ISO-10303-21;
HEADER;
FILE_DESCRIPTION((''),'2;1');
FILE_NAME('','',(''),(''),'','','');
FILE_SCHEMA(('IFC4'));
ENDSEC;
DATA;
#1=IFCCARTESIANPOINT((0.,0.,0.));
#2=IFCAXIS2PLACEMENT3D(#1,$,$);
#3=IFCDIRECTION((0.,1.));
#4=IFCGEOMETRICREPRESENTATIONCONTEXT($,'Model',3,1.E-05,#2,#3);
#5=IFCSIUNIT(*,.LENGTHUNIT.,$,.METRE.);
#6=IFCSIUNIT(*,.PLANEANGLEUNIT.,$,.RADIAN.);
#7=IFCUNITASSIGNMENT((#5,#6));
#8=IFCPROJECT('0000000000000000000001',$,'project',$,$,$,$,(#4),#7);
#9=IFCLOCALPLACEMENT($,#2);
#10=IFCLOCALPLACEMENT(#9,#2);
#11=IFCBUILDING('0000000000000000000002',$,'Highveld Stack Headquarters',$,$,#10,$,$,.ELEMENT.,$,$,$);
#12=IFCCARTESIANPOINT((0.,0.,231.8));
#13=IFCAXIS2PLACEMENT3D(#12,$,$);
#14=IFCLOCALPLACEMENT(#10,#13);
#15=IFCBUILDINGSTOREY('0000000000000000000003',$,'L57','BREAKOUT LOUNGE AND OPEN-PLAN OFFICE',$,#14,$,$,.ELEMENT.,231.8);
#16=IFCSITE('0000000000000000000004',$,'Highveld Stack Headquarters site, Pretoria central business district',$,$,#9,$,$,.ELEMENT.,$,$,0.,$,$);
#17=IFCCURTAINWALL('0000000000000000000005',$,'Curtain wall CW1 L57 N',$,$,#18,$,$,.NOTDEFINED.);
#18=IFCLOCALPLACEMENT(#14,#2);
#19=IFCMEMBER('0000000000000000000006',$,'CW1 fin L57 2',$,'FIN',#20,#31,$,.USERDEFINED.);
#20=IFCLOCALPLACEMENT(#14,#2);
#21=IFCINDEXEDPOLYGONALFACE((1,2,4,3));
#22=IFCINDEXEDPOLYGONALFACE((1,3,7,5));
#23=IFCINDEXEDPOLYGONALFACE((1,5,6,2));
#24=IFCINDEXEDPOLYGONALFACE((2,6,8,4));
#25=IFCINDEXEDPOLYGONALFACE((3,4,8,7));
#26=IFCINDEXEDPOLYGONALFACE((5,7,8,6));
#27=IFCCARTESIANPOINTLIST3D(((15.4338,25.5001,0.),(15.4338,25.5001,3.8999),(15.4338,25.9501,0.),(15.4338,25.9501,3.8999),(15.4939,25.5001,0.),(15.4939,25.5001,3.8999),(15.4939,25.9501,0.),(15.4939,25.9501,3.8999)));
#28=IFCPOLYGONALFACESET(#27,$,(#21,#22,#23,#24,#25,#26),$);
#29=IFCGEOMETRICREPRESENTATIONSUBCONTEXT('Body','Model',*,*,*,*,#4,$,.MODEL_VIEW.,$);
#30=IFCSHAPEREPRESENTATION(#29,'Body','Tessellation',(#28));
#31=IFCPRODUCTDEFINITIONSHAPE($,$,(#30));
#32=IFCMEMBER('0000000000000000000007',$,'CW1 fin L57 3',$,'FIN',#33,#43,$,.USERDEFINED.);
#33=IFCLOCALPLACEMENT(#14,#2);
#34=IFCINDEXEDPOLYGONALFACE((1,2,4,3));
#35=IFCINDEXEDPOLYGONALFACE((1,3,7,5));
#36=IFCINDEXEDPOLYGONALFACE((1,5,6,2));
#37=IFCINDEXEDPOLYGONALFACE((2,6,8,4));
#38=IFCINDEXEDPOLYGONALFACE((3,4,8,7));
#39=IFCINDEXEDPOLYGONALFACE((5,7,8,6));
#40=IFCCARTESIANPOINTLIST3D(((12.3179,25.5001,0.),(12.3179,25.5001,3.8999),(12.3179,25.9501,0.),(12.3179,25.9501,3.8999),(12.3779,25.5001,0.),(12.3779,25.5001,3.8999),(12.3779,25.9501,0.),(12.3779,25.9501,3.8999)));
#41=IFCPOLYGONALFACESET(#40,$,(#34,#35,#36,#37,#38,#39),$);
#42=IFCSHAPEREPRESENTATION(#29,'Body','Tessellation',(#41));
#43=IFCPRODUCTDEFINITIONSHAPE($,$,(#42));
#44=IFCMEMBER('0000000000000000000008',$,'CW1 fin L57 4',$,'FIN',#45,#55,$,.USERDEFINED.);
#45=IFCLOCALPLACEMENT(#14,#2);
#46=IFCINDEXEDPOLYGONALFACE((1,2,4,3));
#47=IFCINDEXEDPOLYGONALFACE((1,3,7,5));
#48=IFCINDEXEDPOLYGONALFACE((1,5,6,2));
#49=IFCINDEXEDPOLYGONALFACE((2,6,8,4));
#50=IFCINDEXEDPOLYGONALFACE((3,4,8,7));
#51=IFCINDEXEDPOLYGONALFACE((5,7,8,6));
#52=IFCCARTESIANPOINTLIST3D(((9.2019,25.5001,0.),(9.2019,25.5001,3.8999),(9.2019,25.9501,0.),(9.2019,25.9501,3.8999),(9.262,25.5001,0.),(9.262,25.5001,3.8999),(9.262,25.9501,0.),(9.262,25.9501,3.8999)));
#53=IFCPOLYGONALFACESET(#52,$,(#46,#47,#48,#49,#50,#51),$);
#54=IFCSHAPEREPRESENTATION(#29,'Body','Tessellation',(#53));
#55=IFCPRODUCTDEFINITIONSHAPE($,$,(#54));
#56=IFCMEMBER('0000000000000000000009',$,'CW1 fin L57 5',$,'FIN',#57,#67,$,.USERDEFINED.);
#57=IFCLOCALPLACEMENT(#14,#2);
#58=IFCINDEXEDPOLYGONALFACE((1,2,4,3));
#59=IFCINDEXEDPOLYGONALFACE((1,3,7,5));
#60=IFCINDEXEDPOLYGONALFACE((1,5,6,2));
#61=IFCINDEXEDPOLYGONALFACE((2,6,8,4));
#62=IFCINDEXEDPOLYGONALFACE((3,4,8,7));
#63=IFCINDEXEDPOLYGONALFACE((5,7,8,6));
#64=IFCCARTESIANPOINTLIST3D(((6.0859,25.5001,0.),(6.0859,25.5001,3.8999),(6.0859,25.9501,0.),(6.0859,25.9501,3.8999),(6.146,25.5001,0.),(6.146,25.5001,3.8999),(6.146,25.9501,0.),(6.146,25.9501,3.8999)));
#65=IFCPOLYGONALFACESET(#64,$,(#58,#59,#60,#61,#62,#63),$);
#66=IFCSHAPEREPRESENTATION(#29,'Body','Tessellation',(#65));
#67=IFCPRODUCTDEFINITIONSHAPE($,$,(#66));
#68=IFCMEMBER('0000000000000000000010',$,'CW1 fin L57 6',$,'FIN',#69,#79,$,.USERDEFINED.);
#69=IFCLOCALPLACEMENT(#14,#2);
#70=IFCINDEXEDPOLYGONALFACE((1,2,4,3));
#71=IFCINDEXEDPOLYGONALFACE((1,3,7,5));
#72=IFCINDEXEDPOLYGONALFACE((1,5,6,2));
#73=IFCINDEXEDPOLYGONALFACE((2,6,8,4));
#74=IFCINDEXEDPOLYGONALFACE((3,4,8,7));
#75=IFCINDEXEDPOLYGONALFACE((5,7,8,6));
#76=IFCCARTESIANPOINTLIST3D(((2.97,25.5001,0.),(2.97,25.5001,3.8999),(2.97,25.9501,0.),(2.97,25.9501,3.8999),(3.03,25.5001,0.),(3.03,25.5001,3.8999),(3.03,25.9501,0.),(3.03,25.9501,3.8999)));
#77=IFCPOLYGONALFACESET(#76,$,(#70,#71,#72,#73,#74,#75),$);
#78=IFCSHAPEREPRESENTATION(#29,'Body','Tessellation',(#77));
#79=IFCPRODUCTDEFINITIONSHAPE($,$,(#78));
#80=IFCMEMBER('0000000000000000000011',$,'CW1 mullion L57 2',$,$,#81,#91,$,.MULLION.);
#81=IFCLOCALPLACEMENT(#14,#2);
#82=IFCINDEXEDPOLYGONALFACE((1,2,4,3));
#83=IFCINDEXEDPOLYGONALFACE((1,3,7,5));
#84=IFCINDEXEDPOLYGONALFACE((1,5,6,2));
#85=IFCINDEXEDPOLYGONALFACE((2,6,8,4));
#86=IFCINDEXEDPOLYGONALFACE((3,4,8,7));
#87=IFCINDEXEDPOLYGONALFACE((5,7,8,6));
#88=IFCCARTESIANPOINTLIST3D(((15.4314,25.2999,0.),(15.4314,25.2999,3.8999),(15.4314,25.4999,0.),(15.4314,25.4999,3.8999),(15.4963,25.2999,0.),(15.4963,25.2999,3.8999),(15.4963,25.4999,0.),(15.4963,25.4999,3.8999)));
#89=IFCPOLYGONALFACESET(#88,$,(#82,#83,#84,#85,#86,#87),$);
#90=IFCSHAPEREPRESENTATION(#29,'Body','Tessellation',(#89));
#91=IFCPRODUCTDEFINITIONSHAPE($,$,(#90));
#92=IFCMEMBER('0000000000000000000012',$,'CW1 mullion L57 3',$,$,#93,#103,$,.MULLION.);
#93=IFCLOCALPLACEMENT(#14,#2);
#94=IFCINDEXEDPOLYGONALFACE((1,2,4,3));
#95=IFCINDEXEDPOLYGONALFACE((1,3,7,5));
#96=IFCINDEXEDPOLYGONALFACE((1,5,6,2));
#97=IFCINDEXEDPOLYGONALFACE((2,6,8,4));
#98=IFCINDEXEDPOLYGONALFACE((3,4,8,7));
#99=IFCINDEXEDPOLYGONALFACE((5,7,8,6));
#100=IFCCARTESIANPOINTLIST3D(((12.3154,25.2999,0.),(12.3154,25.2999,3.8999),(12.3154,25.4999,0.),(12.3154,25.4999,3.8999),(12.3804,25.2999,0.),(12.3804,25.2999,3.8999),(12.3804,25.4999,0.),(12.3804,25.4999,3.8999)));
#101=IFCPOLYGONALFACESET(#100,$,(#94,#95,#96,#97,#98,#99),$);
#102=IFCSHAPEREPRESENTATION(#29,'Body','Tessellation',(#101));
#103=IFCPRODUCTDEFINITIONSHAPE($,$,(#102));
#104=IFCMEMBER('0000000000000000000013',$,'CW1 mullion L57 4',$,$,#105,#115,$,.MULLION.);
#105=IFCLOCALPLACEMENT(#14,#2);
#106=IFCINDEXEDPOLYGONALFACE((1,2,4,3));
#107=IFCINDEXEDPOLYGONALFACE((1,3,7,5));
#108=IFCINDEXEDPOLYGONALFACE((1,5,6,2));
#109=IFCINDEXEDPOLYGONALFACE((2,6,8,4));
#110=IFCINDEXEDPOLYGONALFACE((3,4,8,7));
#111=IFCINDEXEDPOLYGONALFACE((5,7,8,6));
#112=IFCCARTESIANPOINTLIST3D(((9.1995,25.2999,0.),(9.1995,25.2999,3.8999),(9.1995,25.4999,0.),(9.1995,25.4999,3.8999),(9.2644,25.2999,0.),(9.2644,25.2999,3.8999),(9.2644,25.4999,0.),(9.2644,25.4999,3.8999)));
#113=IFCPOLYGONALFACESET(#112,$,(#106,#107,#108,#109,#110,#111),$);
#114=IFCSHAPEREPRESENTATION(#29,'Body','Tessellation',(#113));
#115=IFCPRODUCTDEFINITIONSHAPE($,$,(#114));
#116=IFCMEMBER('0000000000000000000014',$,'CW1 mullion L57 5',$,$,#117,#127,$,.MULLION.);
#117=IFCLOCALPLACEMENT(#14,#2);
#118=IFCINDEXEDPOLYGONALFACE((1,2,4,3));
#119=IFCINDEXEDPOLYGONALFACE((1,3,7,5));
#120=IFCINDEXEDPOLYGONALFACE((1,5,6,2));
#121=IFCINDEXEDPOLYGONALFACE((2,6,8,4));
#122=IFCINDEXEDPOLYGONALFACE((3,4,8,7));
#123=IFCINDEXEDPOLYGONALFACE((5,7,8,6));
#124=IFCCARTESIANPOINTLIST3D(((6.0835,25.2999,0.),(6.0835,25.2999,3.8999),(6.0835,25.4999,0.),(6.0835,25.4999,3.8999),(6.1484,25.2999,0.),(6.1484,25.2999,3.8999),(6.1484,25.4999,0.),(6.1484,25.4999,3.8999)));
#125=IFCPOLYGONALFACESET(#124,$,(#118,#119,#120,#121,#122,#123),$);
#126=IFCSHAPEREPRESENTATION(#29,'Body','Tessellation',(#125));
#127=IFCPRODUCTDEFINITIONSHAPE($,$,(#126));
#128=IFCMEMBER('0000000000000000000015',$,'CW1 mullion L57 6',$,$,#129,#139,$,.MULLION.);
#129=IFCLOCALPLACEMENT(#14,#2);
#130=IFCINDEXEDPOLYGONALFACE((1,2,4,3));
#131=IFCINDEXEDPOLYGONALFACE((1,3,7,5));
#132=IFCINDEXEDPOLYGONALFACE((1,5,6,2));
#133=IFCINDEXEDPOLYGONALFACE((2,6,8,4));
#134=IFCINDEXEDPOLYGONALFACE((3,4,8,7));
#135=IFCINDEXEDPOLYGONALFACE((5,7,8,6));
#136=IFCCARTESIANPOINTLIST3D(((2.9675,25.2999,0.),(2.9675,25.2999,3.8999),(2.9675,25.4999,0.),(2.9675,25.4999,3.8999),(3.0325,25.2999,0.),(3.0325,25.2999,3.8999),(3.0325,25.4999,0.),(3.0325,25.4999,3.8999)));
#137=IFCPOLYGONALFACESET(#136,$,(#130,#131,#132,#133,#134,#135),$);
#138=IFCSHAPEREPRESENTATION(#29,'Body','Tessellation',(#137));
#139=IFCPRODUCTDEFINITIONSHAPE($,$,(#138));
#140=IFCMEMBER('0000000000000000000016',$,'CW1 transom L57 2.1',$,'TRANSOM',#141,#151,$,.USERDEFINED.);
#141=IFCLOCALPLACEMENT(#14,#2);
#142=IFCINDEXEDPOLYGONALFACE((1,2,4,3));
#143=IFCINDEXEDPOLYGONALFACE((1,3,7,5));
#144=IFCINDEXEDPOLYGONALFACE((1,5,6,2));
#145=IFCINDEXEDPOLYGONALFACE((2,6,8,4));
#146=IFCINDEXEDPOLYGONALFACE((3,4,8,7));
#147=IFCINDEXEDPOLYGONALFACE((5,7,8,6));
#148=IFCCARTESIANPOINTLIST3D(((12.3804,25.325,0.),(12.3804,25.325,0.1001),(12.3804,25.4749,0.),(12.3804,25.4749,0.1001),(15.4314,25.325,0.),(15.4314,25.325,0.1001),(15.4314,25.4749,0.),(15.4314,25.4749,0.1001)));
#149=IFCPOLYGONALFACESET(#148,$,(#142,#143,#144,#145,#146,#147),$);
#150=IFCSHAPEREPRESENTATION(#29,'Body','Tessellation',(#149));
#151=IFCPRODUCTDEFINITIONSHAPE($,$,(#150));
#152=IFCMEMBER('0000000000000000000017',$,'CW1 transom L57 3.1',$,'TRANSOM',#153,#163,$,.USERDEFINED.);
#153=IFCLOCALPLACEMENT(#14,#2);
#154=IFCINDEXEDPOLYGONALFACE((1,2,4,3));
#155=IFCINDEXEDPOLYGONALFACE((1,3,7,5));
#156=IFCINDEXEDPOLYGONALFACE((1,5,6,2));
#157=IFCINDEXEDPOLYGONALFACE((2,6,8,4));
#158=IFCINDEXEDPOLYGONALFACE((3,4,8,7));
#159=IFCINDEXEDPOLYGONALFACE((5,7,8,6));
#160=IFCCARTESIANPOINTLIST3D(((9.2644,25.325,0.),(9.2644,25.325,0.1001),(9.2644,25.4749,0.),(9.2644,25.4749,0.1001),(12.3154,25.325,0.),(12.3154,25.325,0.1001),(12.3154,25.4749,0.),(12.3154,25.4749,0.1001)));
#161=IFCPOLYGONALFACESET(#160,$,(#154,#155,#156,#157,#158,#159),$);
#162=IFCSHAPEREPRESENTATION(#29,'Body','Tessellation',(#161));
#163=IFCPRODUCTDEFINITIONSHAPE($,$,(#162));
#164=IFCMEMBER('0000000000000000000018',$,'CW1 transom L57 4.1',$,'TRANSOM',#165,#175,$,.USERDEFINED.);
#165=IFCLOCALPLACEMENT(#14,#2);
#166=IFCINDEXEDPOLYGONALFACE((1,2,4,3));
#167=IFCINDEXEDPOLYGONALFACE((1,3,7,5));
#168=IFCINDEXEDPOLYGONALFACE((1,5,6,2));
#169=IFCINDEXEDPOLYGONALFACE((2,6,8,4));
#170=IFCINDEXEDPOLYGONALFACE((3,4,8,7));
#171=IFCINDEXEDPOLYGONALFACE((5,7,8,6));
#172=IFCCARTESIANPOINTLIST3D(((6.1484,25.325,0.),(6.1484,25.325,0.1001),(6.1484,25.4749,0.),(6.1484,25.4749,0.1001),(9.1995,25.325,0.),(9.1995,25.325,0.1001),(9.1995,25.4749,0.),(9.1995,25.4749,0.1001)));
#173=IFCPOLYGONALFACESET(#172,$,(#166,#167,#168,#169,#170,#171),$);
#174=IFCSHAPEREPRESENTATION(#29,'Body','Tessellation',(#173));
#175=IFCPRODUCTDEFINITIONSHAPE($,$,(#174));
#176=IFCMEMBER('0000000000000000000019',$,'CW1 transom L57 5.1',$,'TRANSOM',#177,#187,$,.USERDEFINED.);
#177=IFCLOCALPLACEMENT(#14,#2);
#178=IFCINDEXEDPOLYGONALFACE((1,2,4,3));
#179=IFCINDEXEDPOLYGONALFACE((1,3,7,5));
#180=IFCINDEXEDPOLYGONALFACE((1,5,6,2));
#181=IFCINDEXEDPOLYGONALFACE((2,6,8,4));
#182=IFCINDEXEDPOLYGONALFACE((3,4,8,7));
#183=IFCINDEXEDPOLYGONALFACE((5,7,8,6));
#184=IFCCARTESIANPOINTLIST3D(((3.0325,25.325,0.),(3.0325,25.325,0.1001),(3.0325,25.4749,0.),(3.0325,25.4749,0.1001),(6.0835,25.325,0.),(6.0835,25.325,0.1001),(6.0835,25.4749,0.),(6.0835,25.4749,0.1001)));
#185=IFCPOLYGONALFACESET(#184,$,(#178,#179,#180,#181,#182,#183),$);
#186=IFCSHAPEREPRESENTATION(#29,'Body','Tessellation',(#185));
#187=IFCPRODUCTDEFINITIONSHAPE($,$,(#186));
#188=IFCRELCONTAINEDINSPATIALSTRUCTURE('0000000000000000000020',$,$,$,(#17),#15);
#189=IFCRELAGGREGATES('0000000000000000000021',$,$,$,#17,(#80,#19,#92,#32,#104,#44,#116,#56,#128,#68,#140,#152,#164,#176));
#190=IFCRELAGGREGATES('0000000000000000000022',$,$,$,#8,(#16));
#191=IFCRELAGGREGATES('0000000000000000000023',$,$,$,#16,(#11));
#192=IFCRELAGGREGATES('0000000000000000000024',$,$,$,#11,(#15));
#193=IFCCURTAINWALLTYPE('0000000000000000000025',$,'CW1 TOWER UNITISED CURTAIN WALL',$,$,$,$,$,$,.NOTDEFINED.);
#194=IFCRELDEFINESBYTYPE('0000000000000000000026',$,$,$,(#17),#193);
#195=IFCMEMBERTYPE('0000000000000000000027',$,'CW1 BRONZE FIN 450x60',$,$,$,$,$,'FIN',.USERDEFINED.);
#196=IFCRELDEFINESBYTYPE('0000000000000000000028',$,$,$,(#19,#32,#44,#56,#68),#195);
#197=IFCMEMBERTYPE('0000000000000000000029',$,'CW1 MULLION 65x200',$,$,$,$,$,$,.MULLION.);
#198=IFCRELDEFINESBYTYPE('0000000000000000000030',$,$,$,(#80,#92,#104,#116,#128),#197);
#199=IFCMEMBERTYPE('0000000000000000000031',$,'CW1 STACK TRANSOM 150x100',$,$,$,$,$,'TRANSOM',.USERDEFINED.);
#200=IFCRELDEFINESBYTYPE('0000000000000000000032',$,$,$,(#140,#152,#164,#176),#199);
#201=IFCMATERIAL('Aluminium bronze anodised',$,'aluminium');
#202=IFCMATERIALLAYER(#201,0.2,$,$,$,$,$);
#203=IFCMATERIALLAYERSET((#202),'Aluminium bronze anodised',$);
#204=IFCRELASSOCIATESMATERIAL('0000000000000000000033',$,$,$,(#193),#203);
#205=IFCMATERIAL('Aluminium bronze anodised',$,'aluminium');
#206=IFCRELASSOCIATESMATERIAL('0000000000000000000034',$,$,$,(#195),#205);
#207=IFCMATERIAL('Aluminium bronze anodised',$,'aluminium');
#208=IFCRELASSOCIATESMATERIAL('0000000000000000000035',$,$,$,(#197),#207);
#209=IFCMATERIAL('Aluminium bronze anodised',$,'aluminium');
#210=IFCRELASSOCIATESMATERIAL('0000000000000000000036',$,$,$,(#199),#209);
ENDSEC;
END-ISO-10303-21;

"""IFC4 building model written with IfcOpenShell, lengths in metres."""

from ifc_helpers import new_model, si_unit, direction, frame, origin, origin_2d, place, context, subcontext, project, spatial, rectangle, extrude, material, layer, layer_set, material_profile, profile_set, type_object, element, aggregate, save


model = new_model("IFC4")

# Units and contexts
model_context = context("Model", 3, precision=1e-05, world=origin(), true_north=direction((0.0, 1.0)))
body_context = subcontext(model_context, "Body", "Model", "MODEL_VIEW")
ifc_project = project(units=[si_unit("LENGTHUNIT", "METRE"), si_unit("PLANEANGLEUNIT", "RADIAN")], contexts=[model_context])

# Site, building, storey
site_placement = place(None, origin())
site = spatial("IfcSite", under=ifc_project, at=site_placement, Name="Highveld Stack Headquarters site, Pretoria central business district", CompositionType="ELEMENT", RefElevation=0.0)
building_placement = place(site_placement, origin())
building = spatial("IfcBuilding", under=site, at=building_placement, Name="Highveld Stack Headquarters", CompositionType="ELEMENT")
storey_placement = place(building_placement, frame((0.0, 0.0, 231.8)))
storey = spatial("IfcBuildingStorey", under=building, at=storey_placement, Name="L57", Description="BREAKOUT LOUNGE AND OPEN-PLAN OFFICE", CompositionType="ELEMENT", Elevation=231.8)

# Curtain wall, members
ifc_material_1 = material(Name="Aluminium bronze anodised", Category="aluminium")
ifc_layer_1 = layer(ifc_material_1, 0.2)
ifc_layer_set_1 = layer_set([ifc_layer_1], Name="Aluminium bronze anodised")
curtain_wall_type = type_object("IfcCurtainWallType", Name="CW1 TOWER UNITISED CURTAIN WALL", PredefinedType="NOTDEFINED", material=ifc_layer_set_1)
curtain_wall_placement = place(storey_placement, origin())
curtain_wall = element("IfcCurtainWall", 1, at=curtain_wall_placement, inside=storey, type_object=curtain_wall_type, Name="Curtain wall CW1 L57 N", PredefinedType="NOTDEFINED")
ifc_material_2 = material(Name="Aluminium bronze anodised", Category="aluminium")
ifc_material_profile_1 = material_profile(ifc_material_2, rectangle(XDim=0.45, YDim=0.0601, at=origin_2d()), Name="FIN 450x60")
ifc_profile_set_1 = profile_set([ifc_material_profile_1], Name="Aluminium bronze anodised")
member_type_1 = type_object("IfcMemberType", Name="CW1 BRONZE FIN 450x60", ElementType="FIN", PredefinedType="USERDEFINED", material=ifc_profile_set_1)
member_1_placement = place(storey_placement, frame((15.4639, 25.7251, 0.0), z_axis=(0.0, 0.0, 1.0), x_axis=(0.0, -1.0, 0.0)))
member_1 = element("IfcMember", 2, at=member_1_placement, type_object=member_type_1, Name="CW1 fin L57 2", ObjectType="FIN", PredefinedType="USERDEFINED", context=body_context, shape_type="SweptSolid", body=[
    extrude(rectangle(XDim=0.45, YDim=0.0601, at=origin_2d()), origin(), (0.0, 0.0, 1.0), 3.8999),
])
member_2_placement = place(storey_placement, frame((12.3479, 25.7251, 0.0), z_axis=(0.0, 0.0, 1.0), x_axis=(0.0, -1.0, 0.0)))
member_2 = element("IfcMember", 3, at=member_2_placement, type_object=member_type_1, Name="CW1 fin L57 3", ObjectType="FIN", PredefinedType="USERDEFINED", context=body_context, shape_type="SweptSolid", body=[
    extrude(rectangle(XDim=0.45, YDim=0.0601, at=origin_2d()), origin(), (0.0, 0.0, 1.0), 3.8999),
])
member_3_placement = place(storey_placement, frame((9.2319, 25.7251, 0.0), z_axis=(0.0, 0.0, 1.0), x_axis=(0.0, -1.0, 0.0)))
member_3 = element("IfcMember", 4, at=member_3_placement, type_object=member_type_1, Name="CW1 fin L57 4", ObjectType="FIN", PredefinedType="USERDEFINED", context=body_context, shape_type="SweptSolid", body=[
    extrude(rectangle(XDim=0.45, YDim=0.0601, at=origin_2d()), origin(), (0.0, 0.0, 1.0), 3.8999),
])
member_4_placement = place(storey_placement, frame((6.116, 25.7251, 0.0), z_axis=(0.0, 0.0, 1.0), x_axis=(0.0, -1.0, 0.0)))
member_4 = element("IfcMember", 5, at=member_4_placement, type_object=member_type_1, Name="CW1 fin L57 5", ObjectType="FIN", PredefinedType="USERDEFINED", context=body_context, shape_type="SweptSolid", body=[
    extrude(rectangle(XDim=0.45, YDim=0.0601, at=origin_2d()), origin(), (0.0, 0.0, 1.0), 3.8999),
])
member_5_placement = place(storey_placement, frame((3.0, 25.7251, 0.0), z_axis=(0.0, 0.0, 1.0), x_axis=(0.0, -1.0, 0.0)))
member_5 = element("IfcMember", 6, at=member_5_placement, type_object=member_type_1, Name="CW1 fin L57 6", ObjectType="FIN", PredefinedType="USERDEFINED", context=body_context, shape_type="SweptSolid", body=[
    extrude(rectangle(XDim=0.45, YDim=0.0601, at=origin_2d()), origin(), (0.0, 0.0, 1.0), 3.8999),
])
ifc_material_3 = material(Name="Aluminium bronze anodised", Category="aluminium")
ifc_material_profile_2 = material_profile(ifc_material_3, rectangle(XDim=0.2, YDim=0.0649, at=origin_2d()), Name="CW1 MULLION 65x200")
ifc_profile_set_2 = profile_set([ifc_material_profile_2], Name="Aluminium bronze anodised")
member_type_2 = type_object("IfcMemberType", Name="CW1 MULLION 65x200", PredefinedType="MULLION", material=ifc_profile_set_2)
member_6_placement = place(storey_placement, frame((15.4639, 25.3999, 0.0), z_axis=(0.0, 0.0, 1.0), x_axis=(0.0, -1.0, 0.0)))
member_6 = element("IfcMember", 7, at=member_6_placement, type_object=member_type_2, Name="CW1 mullion L57 2", PredefinedType="MULLION", context=body_context, shape_type="SweptSolid", body=[
    extrude(rectangle(XDim=0.2, YDim=0.0649, at=origin_2d()), origin(), (0.0, 0.0, 1.0), 3.8999),
])
member_7_placement = place(storey_placement, frame((12.3479, 25.3999, 0.0), z_axis=(0.0, 0.0, 1.0), x_axis=(0.0, -1.0, 0.0)))
member_7 = element("IfcMember", 8, at=member_7_placement, type_object=member_type_2, Name="CW1 mullion L57 3", PredefinedType="MULLION", context=body_context, shape_type="SweptSolid", body=[
    extrude(rectangle(XDim=0.2, YDim=0.0649, at=origin_2d()), origin(), (0.0, 0.0, 1.0), 3.8999),
])
member_8_placement = place(storey_placement, frame((9.2319, 25.3999, 0.0), z_axis=(0.0, 0.0, 1.0), x_axis=(0.0, -1.0, 0.0)))
member_8 = element("IfcMember", 9, at=member_8_placement, type_object=member_type_2, Name="CW1 mullion L57 4", PredefinedType="MULLION", context=body_context, shape_type="SweptSolid", body=[
    extrude(rectangle(XDim=0.2, YDim=0.0649, at=origin_2d()), origin(), (0.0, 0.0, 1.0), 3.8999),
])
member_9_placement = place(storey_placement, frame((6.116, 25.3999, 0.0), z_axis=(0.0, 0.0, 1.0), x_axis=(0.0, -1.0, 0.0)))
member_9 = element("IfcMember", 10, at=member_9_placement, type_object=member_type_2, Name="CW1 mullion L57 5", PredefinedType="MULLION", context=body_context, shape_type="SweptSolid", body=[
    extrude(rectangle(XDim=0.2, YDim=0.0649, at=origin_2d()), origin(), (0.0, 0.0, 1.0), 3.8999),
])
member_10_placement = place(storey_placement, frame((3.0, 25.3999, 0.0), z_axis=(0.0, 0.0, 1.0), x_axis=(0.0, -1.0, 0.0)))
member_10 = element("IfcMember", 11, at=member_10_placement, type_object=member_type_2, Name="CW1 mullion L57 6", PredefinedType="MULLION", context=body_context, shape_type="SweptSolid", body=[
    extrude(rectangle(XDim=0.2, YDim=0.0649, at=origin_2d()), origin(), (0.0, 0.0, 1.0), 3.8999),
])
ifc_material_4 = material(Name="Aluminium bronze anodised", Category="aluminium")
ifc_material_profile_3 = material_profile(ifc_material_4, rectangle(XDim=0.1499, YDim=0.1001, at=origin_2d()), Name="CW1 TRANSOM 150x100")
ifc_profile_set_3 = profile_set([ifc_material_profile_3], Name="Aluminium bronze anodised")
member_type_3 = type_object("IfcMemberType", Name="CW1 STACK TRANSOM 150x100", ElementType="TRANSOM", PredefinedType="USERDEFINED", material=ifc_profile_set_3)
member_11_placement = place(storey_placement, frame((15.4314, 25.3999, 0.05), z_axis=(-1.0, 0.0, 0.0), x_axis=(0.0, -1.0, 0.0)))
member_11 = element("IfcMember", 12, at=member_11_placement, type_object=member_type_3, Name="CW1 transom L57 2.1", ObjectType="TRANSOM", PredefinedType="USERDEFINED", context=body_context, shape_type="SweptSolid", body=[
    extrude(rectangle(XDim=0.1499, YDim=0.1001, at=origin_2d()), origin(), (0.0, 0.0, 1.0), 3.051),
])
member_12_placement = place(storey_placement, frame((12.3154, 25.3999, 0.05), z_axis=(-1.0, 0.0, 0.0), x_axis=(0.0, -1.0, 0.0)))
member_12 = element("IfcMember", 13, at=member_12_placement, type_object=member_type_3, Name="CW1 transom L57 3.1", ObjectType="TRANSOM", PredefinedType="USERDEFINED", context=body_context, shape_type="SweptSolid", body=[
    extrude(rectangle(XDim=0.1499, YDim=0.1001, at=origin_2d()), origin(), (0.0, 0.0, 1.0), 3.051),
])
member_13_placement = place(storey_placement, frame((9.1995, 25.3999, 0.05), z_axis=(-1.0, 0.0, 0.0), x_axis=(0.0, -1.0, 0.0)))
member_13 = element("IfcMember", 14, at=member_13_placement, type_object=member_type_3, Name="CW1 transom L57 4.1", ObjectType="TRANSOM", PredefinedType="USERDEFINED", context=body_context, shape_type="SweptSolid", body=[
    extrude(rectangle(XDim=0.1499, YDim=0.1001, at=origin_2d()), origin(), (0.0, 0.0, 1.0), 3.051),
])
member_14_placement = place(storey_placement, frame((6.0835, 25.3999, 0.05), z_axis=(-1.0, 0.0, 0.0), x_axis=(0.0, -1.0, 0.0)))
member_14 = element("IfcMember", 15, at=member_14_placement, type_object=member_type_3, Name="CW1 transom L57 5.1", ObjectType="TRANSOM", PredefinedType="USERDEFINED", context=body_context, shape_type="SweptSolid", body=[
    extrude(rectangle(XDim=0.1499, YDim=0.1001, at=origin_2d()), origin(), (0.0, 0.0, 1.0), 3.051),
])
aggregate(curtain_wall, [member_6, member_1, member_7, member_2, member_8, member_3, member_9, member_4, member_10, member_5, member_11, member_12, member_13, member_14])

save(model, "model.ifc")
